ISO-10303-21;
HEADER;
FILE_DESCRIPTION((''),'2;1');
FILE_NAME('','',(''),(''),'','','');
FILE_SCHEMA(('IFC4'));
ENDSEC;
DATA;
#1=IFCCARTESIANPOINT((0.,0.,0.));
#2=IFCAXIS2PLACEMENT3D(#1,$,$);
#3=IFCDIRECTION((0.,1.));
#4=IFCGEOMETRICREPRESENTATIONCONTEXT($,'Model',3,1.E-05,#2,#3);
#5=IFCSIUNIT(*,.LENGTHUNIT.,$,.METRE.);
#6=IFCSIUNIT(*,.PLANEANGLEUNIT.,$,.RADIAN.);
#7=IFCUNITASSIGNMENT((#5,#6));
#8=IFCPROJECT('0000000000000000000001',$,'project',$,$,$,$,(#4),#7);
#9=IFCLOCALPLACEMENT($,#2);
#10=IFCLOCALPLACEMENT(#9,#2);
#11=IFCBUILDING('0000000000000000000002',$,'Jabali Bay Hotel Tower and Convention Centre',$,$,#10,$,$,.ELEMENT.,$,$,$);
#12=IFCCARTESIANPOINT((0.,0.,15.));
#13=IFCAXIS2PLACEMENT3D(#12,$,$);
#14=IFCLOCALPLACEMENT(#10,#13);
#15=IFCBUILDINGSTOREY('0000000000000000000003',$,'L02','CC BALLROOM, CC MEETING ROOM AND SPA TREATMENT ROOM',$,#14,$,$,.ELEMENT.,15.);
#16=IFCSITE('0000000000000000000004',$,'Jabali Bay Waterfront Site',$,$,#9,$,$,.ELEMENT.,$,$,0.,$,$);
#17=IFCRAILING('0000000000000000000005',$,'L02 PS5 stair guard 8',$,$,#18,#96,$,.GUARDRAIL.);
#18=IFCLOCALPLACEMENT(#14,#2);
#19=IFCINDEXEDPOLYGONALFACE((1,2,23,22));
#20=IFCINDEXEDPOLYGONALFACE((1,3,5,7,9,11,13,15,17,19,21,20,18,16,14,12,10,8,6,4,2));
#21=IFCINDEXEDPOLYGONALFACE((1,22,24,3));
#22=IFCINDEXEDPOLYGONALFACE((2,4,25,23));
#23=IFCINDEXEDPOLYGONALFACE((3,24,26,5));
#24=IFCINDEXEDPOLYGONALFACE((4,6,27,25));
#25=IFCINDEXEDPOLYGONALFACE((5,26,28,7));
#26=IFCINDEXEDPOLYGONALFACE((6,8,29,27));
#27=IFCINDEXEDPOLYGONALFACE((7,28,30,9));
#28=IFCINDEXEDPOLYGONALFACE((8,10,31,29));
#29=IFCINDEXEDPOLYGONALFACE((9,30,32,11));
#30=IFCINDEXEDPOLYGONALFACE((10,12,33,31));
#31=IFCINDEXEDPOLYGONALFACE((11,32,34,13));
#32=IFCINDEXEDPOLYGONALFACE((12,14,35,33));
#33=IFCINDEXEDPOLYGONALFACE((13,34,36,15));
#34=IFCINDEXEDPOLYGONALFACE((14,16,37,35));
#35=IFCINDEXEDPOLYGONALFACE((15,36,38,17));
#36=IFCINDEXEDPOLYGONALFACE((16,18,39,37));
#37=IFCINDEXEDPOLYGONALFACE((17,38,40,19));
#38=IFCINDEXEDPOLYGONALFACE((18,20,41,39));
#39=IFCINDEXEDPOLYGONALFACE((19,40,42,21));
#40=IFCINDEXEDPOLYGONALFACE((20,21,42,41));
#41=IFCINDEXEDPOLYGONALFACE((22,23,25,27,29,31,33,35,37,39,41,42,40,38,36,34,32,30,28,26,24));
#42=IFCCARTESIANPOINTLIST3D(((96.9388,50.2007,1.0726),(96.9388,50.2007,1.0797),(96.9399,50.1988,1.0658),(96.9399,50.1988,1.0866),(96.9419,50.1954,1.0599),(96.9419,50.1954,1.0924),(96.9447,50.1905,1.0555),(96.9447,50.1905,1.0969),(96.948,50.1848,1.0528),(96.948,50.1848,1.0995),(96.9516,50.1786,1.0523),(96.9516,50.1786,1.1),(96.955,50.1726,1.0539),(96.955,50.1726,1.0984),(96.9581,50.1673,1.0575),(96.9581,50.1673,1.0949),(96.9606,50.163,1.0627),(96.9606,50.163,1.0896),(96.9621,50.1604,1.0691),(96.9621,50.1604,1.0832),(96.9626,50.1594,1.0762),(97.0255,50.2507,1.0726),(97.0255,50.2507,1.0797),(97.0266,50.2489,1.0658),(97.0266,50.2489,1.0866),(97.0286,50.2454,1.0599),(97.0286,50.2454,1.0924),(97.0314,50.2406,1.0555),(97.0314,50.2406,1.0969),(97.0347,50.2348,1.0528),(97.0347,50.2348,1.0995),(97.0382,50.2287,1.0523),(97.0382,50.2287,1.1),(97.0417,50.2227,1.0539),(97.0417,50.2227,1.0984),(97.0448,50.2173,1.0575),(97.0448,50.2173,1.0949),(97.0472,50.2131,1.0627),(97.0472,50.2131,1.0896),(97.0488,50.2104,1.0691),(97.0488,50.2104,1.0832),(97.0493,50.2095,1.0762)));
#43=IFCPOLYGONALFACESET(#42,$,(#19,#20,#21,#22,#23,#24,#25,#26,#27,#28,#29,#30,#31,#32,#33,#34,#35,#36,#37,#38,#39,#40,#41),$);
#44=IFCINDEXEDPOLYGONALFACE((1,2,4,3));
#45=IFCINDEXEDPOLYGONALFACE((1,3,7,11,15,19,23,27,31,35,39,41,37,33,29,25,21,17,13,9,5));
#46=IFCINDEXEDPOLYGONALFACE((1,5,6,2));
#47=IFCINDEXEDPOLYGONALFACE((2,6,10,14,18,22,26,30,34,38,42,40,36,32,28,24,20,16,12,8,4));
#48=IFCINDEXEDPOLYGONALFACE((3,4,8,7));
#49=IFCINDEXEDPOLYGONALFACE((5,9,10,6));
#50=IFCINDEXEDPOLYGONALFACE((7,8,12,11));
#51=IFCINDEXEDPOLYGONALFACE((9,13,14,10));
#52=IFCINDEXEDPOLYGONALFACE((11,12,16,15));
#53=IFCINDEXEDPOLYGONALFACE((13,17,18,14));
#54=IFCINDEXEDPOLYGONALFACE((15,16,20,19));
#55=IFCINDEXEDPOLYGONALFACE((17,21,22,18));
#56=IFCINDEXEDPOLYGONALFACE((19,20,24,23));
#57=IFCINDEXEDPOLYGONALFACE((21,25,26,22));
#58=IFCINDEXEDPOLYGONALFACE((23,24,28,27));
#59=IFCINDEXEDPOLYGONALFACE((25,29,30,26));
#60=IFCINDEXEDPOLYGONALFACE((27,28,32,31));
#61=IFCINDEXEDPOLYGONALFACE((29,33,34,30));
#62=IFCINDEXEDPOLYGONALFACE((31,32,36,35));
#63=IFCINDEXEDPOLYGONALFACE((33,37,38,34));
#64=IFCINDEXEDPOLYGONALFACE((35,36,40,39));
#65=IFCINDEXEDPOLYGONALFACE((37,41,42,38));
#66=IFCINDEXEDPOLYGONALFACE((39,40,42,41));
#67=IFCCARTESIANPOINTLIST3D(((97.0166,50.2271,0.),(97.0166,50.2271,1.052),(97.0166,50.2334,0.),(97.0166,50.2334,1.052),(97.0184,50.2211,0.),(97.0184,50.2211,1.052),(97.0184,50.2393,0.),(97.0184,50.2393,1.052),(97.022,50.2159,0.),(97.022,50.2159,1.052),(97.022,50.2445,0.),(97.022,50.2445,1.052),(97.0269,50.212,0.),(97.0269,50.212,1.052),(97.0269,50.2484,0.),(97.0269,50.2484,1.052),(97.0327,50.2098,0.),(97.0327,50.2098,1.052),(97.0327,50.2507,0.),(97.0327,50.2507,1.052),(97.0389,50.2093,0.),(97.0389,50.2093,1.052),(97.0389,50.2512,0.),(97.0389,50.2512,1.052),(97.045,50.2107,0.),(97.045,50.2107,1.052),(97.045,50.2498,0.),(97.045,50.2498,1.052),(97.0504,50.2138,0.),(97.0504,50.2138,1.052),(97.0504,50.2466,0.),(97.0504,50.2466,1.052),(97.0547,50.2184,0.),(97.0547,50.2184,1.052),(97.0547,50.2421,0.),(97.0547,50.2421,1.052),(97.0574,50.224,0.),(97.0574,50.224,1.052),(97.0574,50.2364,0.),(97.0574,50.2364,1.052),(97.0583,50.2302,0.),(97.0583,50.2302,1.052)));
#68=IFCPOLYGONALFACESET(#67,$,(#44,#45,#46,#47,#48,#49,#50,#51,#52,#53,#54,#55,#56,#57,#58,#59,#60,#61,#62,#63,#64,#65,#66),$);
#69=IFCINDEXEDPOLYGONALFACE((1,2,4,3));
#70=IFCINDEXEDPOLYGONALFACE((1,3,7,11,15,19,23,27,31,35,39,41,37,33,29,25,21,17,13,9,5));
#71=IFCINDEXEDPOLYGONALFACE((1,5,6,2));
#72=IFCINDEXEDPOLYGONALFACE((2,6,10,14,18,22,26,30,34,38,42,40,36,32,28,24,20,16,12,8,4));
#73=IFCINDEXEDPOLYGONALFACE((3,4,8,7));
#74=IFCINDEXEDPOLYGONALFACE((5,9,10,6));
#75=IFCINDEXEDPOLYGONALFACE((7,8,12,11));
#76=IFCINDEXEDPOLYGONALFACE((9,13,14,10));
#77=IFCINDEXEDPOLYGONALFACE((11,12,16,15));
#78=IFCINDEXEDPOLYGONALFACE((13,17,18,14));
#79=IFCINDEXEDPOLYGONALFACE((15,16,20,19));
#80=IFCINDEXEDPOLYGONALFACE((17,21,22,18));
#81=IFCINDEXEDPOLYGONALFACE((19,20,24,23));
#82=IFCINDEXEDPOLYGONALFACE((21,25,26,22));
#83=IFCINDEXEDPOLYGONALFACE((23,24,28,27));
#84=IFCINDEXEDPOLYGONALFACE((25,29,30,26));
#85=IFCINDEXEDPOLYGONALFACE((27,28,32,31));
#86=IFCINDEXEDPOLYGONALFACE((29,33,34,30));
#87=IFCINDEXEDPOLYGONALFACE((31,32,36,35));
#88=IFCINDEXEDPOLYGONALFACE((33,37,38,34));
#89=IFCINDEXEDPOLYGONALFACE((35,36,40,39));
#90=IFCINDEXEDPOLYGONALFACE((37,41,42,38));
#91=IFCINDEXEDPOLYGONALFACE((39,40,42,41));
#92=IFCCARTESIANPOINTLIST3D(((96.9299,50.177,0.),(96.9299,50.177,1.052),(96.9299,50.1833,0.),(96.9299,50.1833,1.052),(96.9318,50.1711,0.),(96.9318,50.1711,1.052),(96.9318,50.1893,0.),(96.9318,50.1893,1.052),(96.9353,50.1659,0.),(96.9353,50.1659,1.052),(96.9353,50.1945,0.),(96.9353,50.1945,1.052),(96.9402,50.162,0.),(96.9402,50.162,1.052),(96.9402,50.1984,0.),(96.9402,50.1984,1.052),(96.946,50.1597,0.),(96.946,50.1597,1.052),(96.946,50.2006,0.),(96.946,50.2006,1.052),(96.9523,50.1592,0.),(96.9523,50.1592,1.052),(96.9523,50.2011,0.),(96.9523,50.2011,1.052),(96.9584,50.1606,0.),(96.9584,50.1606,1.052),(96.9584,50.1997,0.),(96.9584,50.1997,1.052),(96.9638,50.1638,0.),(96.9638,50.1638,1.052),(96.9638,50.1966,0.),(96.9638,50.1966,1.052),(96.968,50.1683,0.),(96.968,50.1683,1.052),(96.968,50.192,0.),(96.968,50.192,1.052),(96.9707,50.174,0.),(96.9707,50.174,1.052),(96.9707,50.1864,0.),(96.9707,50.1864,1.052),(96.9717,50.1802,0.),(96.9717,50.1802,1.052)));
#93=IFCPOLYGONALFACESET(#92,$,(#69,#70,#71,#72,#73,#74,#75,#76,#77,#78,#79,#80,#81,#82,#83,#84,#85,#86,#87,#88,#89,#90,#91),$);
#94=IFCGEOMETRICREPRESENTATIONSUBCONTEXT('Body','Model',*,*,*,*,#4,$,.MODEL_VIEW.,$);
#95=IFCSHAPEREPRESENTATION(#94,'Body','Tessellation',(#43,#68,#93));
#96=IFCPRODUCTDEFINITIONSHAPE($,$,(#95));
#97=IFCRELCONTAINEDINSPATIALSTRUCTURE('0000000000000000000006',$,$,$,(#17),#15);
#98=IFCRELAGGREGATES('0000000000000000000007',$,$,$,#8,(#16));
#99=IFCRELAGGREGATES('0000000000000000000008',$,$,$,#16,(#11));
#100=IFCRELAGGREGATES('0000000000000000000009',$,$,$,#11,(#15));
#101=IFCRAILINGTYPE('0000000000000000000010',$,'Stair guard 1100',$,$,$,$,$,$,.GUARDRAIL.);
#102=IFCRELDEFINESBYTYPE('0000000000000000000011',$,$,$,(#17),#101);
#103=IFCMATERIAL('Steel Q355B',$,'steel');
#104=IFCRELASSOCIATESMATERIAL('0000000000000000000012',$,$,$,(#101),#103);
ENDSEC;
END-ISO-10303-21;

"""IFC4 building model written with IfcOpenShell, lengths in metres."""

from ifc_helpers import new_model, si_unit, direction, frame, origin, origin_2d, place, context, subcontext, project, spatial, circle, extrude, material, type_object, element, save


model = new_model("IFC4")

# Units and contexts
model_context = context("Model", 3, precision=1e-05, world=origin(), true_north=direction((0.0, 1.0)))
body_context = subcontext(model_context, "Body", "Model", "MODEL_VIEW")
ifc_project = project(units=[si_unit("LENGTHUNIT", "METRE"), si_unit("PLANEANGLEUNIT", "RADIAN")], contexts=[model_context])

# Site, building, storey
site_placement = place(None, origin())
site = spatial("IfcSite", under=ifc_project, at=site_placement, Name="Jabali Bay Waterfront Site", CompositionType="ELEMENT", RefElevation=0.0)
building_placement = place(site_placement, origin())
building = spatial("IfcBuilding", under=site, at=building_placement, Name="Jabali Bay Hotel Tower and Convention Centre", CompositionType="ELEMENT")
storey_placement = place(building_placement, frame((0.0, 0.0, 15.0)))
storey = spatial("IfcBuildingStorey", under=building, at=storey_placement, Name="L02", Description="CC BALLROOM, CC MEETING ROOM AND SPA TREATMENT ROOM", CompositionType="ELEMENT", Elevation=15.0)

# Railing
ifc_material_1 = material(Name="Steel Q355B", Category="steel")
railing_type_1 = type_object("IfcRailingType", Name="Stair guard 1100", PredefinedType="GUARDRAIL", material=ifc_material_1)
railing_1_placement = place(storey_placement, frame((97.0374, 50.2302, 0.0)))
element("IfcRailing", 1, at=railing_1_placement, inside=storey, type_object=railing_type_1, Name="L02 PS5 stair guard 8", PredefinedType="GUARDRAIL", context=body_context, shape_type="SweptSolid", body=[
    extrude(circle(Radius=0.0239, at=origin_2d()), frame((0.0, 0.0, 1.0762), z_axis=(-0.865982, -0.500074, 0.0), x_axis=(0.500074, -0.865982, 0.0)), (0.0, 0.0, 1.0), 0.1001),
    extrude(circle(Radius=0.021, at=origin_2d()), origin(), (0.0, 0.0, 1.0), 1.052),
    extrude(circle(Radius=0.021, at=origin_2d()), frame((-0.0867, -0.05, 0.0)), (0.0, 0.0, 1.0), 1.052),
])

save(model, "model.ifc")
